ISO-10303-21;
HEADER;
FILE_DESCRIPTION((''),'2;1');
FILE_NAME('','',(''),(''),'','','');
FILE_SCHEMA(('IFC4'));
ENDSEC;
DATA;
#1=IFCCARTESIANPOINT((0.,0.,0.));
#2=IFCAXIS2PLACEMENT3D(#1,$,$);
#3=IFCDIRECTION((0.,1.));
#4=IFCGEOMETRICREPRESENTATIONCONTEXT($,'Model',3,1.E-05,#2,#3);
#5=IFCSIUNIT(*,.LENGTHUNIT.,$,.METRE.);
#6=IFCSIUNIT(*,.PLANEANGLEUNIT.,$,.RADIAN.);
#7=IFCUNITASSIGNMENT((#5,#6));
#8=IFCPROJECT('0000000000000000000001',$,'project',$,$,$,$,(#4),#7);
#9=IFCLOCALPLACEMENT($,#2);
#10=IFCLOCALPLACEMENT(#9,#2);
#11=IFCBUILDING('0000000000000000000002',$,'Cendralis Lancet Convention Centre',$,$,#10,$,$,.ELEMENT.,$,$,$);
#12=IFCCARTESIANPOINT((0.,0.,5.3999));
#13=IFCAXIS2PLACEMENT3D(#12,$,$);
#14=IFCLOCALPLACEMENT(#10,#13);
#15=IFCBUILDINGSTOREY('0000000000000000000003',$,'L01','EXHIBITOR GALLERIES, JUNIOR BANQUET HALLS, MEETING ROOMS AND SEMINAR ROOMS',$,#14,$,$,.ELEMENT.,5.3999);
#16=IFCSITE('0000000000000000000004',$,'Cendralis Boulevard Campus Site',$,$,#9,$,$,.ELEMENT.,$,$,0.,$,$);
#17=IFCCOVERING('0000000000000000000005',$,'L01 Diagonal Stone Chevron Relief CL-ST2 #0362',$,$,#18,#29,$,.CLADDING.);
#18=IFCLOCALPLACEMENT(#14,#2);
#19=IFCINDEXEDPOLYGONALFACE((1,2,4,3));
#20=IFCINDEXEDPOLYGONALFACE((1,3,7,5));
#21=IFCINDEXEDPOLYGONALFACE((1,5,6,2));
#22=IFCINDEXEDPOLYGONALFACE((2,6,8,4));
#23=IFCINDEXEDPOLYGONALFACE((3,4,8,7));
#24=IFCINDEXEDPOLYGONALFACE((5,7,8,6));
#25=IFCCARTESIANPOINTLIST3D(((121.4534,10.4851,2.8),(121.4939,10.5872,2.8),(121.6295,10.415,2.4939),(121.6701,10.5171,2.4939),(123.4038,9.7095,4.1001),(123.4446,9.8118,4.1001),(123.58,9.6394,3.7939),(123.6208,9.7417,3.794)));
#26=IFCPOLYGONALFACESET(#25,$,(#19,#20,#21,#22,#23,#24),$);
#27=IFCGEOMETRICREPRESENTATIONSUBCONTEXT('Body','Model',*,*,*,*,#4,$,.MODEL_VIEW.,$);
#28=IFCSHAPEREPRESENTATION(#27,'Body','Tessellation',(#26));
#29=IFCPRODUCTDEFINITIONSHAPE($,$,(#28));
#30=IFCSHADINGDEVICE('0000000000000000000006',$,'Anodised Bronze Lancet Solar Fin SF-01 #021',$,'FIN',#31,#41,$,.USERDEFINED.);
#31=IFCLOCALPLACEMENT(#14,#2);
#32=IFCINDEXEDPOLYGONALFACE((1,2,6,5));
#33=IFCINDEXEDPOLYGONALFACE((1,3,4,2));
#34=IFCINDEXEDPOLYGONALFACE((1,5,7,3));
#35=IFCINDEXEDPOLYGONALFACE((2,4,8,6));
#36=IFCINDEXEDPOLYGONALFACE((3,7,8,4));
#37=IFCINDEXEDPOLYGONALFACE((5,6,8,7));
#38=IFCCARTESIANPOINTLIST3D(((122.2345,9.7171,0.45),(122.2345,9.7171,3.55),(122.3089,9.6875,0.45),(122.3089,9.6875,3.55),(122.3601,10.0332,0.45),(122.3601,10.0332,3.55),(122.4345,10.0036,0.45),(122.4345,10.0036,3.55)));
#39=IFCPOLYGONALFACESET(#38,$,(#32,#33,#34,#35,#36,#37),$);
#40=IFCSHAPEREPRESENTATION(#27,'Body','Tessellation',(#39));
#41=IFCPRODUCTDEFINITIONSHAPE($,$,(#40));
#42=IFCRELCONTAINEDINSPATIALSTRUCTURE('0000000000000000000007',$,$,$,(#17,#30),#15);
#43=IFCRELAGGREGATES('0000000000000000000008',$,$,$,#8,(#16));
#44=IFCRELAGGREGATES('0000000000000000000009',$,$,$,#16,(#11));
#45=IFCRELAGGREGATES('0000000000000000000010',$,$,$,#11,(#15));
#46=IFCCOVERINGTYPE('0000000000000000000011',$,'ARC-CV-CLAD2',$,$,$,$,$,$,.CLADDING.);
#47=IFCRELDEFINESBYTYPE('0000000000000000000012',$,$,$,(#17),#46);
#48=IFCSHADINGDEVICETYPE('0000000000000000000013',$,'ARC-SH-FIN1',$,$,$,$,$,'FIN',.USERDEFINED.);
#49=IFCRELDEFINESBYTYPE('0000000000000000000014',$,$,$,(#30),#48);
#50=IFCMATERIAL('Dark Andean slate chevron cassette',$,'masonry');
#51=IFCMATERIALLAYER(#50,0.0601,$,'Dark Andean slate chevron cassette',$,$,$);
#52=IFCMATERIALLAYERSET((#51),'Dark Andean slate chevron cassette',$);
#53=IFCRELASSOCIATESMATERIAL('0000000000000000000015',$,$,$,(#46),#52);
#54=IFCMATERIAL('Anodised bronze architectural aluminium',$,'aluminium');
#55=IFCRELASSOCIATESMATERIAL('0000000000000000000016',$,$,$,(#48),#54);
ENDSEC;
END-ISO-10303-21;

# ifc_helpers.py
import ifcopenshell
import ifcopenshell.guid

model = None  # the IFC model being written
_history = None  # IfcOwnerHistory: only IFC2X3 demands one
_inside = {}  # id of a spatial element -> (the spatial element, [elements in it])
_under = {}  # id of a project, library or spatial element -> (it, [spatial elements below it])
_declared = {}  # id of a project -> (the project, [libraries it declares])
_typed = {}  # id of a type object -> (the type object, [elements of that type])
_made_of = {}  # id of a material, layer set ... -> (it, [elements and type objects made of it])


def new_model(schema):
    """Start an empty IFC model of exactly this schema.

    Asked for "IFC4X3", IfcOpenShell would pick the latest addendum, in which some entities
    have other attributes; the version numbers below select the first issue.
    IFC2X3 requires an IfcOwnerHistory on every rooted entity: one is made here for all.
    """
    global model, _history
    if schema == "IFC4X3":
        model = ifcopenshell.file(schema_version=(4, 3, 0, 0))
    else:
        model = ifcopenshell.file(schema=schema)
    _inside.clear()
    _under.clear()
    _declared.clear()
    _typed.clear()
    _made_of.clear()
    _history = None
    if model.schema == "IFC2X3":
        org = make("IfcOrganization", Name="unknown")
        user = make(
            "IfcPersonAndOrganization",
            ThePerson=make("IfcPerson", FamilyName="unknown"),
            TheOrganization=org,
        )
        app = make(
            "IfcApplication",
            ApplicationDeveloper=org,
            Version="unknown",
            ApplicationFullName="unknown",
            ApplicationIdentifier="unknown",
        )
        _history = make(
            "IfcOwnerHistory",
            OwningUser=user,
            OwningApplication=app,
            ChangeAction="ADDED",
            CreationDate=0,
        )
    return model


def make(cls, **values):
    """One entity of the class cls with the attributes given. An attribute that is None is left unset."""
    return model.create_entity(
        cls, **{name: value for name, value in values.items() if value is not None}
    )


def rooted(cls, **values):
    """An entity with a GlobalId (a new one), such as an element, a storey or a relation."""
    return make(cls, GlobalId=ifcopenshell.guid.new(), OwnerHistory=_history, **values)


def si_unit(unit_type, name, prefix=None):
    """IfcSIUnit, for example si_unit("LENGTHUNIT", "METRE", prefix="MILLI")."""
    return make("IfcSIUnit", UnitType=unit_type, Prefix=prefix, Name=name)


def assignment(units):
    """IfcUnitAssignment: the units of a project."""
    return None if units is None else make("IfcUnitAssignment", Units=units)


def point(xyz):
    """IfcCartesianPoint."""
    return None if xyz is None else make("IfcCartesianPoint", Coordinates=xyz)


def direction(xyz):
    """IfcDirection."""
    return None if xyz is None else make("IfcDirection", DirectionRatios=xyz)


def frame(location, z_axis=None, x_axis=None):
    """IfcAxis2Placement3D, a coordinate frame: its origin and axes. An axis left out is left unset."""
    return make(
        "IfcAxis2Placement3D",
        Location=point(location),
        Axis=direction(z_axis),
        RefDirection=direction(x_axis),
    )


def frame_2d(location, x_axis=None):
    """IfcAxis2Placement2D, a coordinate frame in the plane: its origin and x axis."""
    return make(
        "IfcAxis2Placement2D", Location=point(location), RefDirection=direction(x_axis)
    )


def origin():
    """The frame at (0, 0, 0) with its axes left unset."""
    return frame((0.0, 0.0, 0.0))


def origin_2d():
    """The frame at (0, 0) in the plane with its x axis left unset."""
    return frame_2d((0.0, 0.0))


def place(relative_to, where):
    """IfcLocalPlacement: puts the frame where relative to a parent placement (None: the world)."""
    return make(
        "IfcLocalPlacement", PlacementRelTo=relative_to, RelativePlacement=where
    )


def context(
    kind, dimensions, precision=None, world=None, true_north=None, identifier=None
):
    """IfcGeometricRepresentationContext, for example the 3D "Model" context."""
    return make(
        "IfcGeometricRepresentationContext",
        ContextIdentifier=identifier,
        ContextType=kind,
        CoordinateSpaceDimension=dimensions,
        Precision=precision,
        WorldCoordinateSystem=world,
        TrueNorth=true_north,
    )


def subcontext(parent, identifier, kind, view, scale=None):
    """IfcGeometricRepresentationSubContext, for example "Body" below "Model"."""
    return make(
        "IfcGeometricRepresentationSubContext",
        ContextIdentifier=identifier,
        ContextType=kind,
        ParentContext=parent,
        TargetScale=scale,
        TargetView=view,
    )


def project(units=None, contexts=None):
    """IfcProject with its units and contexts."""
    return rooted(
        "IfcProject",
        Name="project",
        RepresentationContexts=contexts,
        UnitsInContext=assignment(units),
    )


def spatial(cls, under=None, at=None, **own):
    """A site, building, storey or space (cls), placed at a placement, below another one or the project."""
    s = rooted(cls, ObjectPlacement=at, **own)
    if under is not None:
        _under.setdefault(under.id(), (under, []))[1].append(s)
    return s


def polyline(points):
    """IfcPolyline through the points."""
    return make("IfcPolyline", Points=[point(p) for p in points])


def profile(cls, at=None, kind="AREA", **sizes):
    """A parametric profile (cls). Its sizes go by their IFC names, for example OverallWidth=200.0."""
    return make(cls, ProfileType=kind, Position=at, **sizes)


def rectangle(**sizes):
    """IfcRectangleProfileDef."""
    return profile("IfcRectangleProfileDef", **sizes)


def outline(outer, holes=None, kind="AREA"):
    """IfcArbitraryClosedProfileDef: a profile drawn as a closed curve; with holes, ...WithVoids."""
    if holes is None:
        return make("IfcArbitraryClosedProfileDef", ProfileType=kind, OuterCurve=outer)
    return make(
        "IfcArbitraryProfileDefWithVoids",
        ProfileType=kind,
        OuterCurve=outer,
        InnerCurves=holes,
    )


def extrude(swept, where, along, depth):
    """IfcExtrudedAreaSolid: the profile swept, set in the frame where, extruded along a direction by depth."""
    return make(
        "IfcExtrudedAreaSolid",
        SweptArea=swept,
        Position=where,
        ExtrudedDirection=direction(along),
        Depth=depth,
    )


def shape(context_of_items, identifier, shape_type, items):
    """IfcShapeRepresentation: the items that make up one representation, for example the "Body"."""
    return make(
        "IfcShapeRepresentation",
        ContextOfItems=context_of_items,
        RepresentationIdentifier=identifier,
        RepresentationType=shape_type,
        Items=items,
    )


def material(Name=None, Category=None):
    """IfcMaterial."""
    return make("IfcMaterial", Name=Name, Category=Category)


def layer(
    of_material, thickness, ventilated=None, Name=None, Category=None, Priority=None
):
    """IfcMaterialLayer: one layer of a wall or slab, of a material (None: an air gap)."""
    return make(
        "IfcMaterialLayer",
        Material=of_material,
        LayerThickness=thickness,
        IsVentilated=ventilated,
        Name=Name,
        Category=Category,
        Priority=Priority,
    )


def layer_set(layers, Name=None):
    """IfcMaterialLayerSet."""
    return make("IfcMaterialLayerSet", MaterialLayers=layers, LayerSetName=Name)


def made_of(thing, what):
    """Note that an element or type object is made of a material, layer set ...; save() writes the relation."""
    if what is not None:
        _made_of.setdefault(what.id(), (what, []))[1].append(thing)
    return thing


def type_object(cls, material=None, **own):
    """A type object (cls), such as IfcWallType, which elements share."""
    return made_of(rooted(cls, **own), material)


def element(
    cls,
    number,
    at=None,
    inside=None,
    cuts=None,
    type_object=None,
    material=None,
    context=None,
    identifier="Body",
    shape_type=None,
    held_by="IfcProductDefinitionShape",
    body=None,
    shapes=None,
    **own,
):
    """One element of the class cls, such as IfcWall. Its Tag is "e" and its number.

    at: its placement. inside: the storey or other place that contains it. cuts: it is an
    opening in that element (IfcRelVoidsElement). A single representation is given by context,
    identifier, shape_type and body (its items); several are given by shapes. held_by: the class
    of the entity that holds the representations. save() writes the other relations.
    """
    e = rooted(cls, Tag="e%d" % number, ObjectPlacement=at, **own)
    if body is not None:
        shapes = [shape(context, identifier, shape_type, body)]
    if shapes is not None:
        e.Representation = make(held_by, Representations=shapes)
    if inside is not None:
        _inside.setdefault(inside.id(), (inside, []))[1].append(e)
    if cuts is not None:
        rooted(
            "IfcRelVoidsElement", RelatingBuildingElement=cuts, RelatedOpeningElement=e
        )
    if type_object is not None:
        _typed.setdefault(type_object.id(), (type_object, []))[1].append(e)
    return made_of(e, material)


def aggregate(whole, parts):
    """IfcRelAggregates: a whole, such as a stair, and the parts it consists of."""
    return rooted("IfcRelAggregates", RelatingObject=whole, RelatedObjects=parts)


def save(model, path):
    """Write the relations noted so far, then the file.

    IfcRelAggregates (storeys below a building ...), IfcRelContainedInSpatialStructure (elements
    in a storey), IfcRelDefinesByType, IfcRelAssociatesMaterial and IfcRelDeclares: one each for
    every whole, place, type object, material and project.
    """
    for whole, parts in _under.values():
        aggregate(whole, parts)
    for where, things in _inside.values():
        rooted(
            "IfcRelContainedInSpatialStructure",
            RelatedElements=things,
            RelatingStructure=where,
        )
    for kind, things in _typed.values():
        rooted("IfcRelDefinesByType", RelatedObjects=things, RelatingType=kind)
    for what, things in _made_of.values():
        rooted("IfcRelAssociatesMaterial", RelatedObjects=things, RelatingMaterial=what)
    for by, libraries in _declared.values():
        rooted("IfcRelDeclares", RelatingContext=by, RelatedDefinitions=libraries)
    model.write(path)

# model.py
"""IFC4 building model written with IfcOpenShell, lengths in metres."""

from ifc_helpers import new_model, si_unit, direction, frame, origin, origin_2d, place, context, subcontext, project, spatial, polyline, rectangle, outline, extrude, material, layer, layer_set, type_object, element, save


model = new_model("IFC4")

# Units and contexts
model_context = context("Model", 3, precision=1e-05, world=origin(), true_north=direction((0.0, 1.0)))
body_context = subcontext(model_context, "Body", "Model", "MODEL_VIEW")
ifc_project = project(units=[si_unit("LENGTHUNIT", "METRE"), si_unit("PLANEANGLEUNIT", "RADIAN")], contexts=[model_context])

# Site, building, storey
site_placement = place(None, origin())
site = spatial("IfcSite", under=ifc_project, at=site_placement, Name="Cendralis Boulevard Campus Site", CompositionType="ELEMENT", RefElevation=0.0)
building_placement = place(site_placement, origin())
building = spatial("IfcBuilding", under=site, at=building_placement, Name="Cendralis Lancet Convention Centre", CompositionType="ELEMENT")
storey_placement = place(building_placement, frame((0.0, 0.0, 5.3999)))
storey = spatial("IfcBuildingStorey", under=building, at=storey_placement, Name="L01", Description="EXHIBITOR GALLERIES, JUNIOR BANQUET HALLS, MEETING ROOMS AND SEMINAR ROOMS", CompositionType="ELEMENT", Elevation=5.3999)

# Shared definitions
ifc_material_1 = material(Name="Dark Andean slate chevron cassette", Category="masonry")

# Covering
ifc_layer_1 = layer(ifc_material_1, 0.0601, Name="Dark Andean slate chevron cassette")
ifc_layer_set_1 = layer_set([ifc_layer_1], Name="Dark Andean slate chevron cassette")
covering_type_1 = type_object("IfcCoveringType", Name="ARC-CV-CLAD2", PredefinedType="CLADDING", material=ifc_layer_set_1)
covering_1_placement = place(storey_placement, frame((121.4534, 10.4851, 2.8), z_axis=(-0.489239, 0.194644, 0.850152), x_axis=(0.789979, -0.314152, 0.526537)))
element("IfcCovering", 1, at=covering_1_placement, inside=storey, type_object=covering_type_1, Name="L01 Diagonal Stone Chevron Relief CL-ST2 #0362", PredefinedType="CLADDING", context=body_context, shape_type="SweptSolid", body=[
    extrude(outline(polyline([(0.0, 0.0), (2.469, 0.0), (2.4691, 0.1101), (0.0, 0.1098), (0.0, 0.0)])), origin(), (0.0, 0.0, -1.0), 0.3601),
])

# Shading device
ifc_material_2 = material(Name="Anodised bronze architectural aluminium", Category="aluminium")
shading_device_type = type_object("IfcShadingDeviceType", Name="ARC-SH-FIN1", ElementType="FIN", PredefinedType="USERDEFINED", material=ifc_material_2)
shading_device_placement = place(storey_placement, frame((122.3345, 9.8604, 0.45), z_axis=(0.0, 0.0, 1.0), x_axis=(0.929268, -0.369406, 0.0)))
element("IfcShadingDevice", 2, at=shading_device_placement, inside=storey, type_object=shading_device_type, Name="Anodised Bronze Lancet Solar Fin SF-01 #021", ObjectType="FIN", PredefinedType="USERDEFINED", context=body_context, shape_type="SweptSolid", body=[
    extrude(rectangle(XDim=0.0801, YDim=0.3401, at=origin_2d()), origin(), (0.0, 0.0, 1.0), 3.1001),
])

save(model, "model.ifc")
